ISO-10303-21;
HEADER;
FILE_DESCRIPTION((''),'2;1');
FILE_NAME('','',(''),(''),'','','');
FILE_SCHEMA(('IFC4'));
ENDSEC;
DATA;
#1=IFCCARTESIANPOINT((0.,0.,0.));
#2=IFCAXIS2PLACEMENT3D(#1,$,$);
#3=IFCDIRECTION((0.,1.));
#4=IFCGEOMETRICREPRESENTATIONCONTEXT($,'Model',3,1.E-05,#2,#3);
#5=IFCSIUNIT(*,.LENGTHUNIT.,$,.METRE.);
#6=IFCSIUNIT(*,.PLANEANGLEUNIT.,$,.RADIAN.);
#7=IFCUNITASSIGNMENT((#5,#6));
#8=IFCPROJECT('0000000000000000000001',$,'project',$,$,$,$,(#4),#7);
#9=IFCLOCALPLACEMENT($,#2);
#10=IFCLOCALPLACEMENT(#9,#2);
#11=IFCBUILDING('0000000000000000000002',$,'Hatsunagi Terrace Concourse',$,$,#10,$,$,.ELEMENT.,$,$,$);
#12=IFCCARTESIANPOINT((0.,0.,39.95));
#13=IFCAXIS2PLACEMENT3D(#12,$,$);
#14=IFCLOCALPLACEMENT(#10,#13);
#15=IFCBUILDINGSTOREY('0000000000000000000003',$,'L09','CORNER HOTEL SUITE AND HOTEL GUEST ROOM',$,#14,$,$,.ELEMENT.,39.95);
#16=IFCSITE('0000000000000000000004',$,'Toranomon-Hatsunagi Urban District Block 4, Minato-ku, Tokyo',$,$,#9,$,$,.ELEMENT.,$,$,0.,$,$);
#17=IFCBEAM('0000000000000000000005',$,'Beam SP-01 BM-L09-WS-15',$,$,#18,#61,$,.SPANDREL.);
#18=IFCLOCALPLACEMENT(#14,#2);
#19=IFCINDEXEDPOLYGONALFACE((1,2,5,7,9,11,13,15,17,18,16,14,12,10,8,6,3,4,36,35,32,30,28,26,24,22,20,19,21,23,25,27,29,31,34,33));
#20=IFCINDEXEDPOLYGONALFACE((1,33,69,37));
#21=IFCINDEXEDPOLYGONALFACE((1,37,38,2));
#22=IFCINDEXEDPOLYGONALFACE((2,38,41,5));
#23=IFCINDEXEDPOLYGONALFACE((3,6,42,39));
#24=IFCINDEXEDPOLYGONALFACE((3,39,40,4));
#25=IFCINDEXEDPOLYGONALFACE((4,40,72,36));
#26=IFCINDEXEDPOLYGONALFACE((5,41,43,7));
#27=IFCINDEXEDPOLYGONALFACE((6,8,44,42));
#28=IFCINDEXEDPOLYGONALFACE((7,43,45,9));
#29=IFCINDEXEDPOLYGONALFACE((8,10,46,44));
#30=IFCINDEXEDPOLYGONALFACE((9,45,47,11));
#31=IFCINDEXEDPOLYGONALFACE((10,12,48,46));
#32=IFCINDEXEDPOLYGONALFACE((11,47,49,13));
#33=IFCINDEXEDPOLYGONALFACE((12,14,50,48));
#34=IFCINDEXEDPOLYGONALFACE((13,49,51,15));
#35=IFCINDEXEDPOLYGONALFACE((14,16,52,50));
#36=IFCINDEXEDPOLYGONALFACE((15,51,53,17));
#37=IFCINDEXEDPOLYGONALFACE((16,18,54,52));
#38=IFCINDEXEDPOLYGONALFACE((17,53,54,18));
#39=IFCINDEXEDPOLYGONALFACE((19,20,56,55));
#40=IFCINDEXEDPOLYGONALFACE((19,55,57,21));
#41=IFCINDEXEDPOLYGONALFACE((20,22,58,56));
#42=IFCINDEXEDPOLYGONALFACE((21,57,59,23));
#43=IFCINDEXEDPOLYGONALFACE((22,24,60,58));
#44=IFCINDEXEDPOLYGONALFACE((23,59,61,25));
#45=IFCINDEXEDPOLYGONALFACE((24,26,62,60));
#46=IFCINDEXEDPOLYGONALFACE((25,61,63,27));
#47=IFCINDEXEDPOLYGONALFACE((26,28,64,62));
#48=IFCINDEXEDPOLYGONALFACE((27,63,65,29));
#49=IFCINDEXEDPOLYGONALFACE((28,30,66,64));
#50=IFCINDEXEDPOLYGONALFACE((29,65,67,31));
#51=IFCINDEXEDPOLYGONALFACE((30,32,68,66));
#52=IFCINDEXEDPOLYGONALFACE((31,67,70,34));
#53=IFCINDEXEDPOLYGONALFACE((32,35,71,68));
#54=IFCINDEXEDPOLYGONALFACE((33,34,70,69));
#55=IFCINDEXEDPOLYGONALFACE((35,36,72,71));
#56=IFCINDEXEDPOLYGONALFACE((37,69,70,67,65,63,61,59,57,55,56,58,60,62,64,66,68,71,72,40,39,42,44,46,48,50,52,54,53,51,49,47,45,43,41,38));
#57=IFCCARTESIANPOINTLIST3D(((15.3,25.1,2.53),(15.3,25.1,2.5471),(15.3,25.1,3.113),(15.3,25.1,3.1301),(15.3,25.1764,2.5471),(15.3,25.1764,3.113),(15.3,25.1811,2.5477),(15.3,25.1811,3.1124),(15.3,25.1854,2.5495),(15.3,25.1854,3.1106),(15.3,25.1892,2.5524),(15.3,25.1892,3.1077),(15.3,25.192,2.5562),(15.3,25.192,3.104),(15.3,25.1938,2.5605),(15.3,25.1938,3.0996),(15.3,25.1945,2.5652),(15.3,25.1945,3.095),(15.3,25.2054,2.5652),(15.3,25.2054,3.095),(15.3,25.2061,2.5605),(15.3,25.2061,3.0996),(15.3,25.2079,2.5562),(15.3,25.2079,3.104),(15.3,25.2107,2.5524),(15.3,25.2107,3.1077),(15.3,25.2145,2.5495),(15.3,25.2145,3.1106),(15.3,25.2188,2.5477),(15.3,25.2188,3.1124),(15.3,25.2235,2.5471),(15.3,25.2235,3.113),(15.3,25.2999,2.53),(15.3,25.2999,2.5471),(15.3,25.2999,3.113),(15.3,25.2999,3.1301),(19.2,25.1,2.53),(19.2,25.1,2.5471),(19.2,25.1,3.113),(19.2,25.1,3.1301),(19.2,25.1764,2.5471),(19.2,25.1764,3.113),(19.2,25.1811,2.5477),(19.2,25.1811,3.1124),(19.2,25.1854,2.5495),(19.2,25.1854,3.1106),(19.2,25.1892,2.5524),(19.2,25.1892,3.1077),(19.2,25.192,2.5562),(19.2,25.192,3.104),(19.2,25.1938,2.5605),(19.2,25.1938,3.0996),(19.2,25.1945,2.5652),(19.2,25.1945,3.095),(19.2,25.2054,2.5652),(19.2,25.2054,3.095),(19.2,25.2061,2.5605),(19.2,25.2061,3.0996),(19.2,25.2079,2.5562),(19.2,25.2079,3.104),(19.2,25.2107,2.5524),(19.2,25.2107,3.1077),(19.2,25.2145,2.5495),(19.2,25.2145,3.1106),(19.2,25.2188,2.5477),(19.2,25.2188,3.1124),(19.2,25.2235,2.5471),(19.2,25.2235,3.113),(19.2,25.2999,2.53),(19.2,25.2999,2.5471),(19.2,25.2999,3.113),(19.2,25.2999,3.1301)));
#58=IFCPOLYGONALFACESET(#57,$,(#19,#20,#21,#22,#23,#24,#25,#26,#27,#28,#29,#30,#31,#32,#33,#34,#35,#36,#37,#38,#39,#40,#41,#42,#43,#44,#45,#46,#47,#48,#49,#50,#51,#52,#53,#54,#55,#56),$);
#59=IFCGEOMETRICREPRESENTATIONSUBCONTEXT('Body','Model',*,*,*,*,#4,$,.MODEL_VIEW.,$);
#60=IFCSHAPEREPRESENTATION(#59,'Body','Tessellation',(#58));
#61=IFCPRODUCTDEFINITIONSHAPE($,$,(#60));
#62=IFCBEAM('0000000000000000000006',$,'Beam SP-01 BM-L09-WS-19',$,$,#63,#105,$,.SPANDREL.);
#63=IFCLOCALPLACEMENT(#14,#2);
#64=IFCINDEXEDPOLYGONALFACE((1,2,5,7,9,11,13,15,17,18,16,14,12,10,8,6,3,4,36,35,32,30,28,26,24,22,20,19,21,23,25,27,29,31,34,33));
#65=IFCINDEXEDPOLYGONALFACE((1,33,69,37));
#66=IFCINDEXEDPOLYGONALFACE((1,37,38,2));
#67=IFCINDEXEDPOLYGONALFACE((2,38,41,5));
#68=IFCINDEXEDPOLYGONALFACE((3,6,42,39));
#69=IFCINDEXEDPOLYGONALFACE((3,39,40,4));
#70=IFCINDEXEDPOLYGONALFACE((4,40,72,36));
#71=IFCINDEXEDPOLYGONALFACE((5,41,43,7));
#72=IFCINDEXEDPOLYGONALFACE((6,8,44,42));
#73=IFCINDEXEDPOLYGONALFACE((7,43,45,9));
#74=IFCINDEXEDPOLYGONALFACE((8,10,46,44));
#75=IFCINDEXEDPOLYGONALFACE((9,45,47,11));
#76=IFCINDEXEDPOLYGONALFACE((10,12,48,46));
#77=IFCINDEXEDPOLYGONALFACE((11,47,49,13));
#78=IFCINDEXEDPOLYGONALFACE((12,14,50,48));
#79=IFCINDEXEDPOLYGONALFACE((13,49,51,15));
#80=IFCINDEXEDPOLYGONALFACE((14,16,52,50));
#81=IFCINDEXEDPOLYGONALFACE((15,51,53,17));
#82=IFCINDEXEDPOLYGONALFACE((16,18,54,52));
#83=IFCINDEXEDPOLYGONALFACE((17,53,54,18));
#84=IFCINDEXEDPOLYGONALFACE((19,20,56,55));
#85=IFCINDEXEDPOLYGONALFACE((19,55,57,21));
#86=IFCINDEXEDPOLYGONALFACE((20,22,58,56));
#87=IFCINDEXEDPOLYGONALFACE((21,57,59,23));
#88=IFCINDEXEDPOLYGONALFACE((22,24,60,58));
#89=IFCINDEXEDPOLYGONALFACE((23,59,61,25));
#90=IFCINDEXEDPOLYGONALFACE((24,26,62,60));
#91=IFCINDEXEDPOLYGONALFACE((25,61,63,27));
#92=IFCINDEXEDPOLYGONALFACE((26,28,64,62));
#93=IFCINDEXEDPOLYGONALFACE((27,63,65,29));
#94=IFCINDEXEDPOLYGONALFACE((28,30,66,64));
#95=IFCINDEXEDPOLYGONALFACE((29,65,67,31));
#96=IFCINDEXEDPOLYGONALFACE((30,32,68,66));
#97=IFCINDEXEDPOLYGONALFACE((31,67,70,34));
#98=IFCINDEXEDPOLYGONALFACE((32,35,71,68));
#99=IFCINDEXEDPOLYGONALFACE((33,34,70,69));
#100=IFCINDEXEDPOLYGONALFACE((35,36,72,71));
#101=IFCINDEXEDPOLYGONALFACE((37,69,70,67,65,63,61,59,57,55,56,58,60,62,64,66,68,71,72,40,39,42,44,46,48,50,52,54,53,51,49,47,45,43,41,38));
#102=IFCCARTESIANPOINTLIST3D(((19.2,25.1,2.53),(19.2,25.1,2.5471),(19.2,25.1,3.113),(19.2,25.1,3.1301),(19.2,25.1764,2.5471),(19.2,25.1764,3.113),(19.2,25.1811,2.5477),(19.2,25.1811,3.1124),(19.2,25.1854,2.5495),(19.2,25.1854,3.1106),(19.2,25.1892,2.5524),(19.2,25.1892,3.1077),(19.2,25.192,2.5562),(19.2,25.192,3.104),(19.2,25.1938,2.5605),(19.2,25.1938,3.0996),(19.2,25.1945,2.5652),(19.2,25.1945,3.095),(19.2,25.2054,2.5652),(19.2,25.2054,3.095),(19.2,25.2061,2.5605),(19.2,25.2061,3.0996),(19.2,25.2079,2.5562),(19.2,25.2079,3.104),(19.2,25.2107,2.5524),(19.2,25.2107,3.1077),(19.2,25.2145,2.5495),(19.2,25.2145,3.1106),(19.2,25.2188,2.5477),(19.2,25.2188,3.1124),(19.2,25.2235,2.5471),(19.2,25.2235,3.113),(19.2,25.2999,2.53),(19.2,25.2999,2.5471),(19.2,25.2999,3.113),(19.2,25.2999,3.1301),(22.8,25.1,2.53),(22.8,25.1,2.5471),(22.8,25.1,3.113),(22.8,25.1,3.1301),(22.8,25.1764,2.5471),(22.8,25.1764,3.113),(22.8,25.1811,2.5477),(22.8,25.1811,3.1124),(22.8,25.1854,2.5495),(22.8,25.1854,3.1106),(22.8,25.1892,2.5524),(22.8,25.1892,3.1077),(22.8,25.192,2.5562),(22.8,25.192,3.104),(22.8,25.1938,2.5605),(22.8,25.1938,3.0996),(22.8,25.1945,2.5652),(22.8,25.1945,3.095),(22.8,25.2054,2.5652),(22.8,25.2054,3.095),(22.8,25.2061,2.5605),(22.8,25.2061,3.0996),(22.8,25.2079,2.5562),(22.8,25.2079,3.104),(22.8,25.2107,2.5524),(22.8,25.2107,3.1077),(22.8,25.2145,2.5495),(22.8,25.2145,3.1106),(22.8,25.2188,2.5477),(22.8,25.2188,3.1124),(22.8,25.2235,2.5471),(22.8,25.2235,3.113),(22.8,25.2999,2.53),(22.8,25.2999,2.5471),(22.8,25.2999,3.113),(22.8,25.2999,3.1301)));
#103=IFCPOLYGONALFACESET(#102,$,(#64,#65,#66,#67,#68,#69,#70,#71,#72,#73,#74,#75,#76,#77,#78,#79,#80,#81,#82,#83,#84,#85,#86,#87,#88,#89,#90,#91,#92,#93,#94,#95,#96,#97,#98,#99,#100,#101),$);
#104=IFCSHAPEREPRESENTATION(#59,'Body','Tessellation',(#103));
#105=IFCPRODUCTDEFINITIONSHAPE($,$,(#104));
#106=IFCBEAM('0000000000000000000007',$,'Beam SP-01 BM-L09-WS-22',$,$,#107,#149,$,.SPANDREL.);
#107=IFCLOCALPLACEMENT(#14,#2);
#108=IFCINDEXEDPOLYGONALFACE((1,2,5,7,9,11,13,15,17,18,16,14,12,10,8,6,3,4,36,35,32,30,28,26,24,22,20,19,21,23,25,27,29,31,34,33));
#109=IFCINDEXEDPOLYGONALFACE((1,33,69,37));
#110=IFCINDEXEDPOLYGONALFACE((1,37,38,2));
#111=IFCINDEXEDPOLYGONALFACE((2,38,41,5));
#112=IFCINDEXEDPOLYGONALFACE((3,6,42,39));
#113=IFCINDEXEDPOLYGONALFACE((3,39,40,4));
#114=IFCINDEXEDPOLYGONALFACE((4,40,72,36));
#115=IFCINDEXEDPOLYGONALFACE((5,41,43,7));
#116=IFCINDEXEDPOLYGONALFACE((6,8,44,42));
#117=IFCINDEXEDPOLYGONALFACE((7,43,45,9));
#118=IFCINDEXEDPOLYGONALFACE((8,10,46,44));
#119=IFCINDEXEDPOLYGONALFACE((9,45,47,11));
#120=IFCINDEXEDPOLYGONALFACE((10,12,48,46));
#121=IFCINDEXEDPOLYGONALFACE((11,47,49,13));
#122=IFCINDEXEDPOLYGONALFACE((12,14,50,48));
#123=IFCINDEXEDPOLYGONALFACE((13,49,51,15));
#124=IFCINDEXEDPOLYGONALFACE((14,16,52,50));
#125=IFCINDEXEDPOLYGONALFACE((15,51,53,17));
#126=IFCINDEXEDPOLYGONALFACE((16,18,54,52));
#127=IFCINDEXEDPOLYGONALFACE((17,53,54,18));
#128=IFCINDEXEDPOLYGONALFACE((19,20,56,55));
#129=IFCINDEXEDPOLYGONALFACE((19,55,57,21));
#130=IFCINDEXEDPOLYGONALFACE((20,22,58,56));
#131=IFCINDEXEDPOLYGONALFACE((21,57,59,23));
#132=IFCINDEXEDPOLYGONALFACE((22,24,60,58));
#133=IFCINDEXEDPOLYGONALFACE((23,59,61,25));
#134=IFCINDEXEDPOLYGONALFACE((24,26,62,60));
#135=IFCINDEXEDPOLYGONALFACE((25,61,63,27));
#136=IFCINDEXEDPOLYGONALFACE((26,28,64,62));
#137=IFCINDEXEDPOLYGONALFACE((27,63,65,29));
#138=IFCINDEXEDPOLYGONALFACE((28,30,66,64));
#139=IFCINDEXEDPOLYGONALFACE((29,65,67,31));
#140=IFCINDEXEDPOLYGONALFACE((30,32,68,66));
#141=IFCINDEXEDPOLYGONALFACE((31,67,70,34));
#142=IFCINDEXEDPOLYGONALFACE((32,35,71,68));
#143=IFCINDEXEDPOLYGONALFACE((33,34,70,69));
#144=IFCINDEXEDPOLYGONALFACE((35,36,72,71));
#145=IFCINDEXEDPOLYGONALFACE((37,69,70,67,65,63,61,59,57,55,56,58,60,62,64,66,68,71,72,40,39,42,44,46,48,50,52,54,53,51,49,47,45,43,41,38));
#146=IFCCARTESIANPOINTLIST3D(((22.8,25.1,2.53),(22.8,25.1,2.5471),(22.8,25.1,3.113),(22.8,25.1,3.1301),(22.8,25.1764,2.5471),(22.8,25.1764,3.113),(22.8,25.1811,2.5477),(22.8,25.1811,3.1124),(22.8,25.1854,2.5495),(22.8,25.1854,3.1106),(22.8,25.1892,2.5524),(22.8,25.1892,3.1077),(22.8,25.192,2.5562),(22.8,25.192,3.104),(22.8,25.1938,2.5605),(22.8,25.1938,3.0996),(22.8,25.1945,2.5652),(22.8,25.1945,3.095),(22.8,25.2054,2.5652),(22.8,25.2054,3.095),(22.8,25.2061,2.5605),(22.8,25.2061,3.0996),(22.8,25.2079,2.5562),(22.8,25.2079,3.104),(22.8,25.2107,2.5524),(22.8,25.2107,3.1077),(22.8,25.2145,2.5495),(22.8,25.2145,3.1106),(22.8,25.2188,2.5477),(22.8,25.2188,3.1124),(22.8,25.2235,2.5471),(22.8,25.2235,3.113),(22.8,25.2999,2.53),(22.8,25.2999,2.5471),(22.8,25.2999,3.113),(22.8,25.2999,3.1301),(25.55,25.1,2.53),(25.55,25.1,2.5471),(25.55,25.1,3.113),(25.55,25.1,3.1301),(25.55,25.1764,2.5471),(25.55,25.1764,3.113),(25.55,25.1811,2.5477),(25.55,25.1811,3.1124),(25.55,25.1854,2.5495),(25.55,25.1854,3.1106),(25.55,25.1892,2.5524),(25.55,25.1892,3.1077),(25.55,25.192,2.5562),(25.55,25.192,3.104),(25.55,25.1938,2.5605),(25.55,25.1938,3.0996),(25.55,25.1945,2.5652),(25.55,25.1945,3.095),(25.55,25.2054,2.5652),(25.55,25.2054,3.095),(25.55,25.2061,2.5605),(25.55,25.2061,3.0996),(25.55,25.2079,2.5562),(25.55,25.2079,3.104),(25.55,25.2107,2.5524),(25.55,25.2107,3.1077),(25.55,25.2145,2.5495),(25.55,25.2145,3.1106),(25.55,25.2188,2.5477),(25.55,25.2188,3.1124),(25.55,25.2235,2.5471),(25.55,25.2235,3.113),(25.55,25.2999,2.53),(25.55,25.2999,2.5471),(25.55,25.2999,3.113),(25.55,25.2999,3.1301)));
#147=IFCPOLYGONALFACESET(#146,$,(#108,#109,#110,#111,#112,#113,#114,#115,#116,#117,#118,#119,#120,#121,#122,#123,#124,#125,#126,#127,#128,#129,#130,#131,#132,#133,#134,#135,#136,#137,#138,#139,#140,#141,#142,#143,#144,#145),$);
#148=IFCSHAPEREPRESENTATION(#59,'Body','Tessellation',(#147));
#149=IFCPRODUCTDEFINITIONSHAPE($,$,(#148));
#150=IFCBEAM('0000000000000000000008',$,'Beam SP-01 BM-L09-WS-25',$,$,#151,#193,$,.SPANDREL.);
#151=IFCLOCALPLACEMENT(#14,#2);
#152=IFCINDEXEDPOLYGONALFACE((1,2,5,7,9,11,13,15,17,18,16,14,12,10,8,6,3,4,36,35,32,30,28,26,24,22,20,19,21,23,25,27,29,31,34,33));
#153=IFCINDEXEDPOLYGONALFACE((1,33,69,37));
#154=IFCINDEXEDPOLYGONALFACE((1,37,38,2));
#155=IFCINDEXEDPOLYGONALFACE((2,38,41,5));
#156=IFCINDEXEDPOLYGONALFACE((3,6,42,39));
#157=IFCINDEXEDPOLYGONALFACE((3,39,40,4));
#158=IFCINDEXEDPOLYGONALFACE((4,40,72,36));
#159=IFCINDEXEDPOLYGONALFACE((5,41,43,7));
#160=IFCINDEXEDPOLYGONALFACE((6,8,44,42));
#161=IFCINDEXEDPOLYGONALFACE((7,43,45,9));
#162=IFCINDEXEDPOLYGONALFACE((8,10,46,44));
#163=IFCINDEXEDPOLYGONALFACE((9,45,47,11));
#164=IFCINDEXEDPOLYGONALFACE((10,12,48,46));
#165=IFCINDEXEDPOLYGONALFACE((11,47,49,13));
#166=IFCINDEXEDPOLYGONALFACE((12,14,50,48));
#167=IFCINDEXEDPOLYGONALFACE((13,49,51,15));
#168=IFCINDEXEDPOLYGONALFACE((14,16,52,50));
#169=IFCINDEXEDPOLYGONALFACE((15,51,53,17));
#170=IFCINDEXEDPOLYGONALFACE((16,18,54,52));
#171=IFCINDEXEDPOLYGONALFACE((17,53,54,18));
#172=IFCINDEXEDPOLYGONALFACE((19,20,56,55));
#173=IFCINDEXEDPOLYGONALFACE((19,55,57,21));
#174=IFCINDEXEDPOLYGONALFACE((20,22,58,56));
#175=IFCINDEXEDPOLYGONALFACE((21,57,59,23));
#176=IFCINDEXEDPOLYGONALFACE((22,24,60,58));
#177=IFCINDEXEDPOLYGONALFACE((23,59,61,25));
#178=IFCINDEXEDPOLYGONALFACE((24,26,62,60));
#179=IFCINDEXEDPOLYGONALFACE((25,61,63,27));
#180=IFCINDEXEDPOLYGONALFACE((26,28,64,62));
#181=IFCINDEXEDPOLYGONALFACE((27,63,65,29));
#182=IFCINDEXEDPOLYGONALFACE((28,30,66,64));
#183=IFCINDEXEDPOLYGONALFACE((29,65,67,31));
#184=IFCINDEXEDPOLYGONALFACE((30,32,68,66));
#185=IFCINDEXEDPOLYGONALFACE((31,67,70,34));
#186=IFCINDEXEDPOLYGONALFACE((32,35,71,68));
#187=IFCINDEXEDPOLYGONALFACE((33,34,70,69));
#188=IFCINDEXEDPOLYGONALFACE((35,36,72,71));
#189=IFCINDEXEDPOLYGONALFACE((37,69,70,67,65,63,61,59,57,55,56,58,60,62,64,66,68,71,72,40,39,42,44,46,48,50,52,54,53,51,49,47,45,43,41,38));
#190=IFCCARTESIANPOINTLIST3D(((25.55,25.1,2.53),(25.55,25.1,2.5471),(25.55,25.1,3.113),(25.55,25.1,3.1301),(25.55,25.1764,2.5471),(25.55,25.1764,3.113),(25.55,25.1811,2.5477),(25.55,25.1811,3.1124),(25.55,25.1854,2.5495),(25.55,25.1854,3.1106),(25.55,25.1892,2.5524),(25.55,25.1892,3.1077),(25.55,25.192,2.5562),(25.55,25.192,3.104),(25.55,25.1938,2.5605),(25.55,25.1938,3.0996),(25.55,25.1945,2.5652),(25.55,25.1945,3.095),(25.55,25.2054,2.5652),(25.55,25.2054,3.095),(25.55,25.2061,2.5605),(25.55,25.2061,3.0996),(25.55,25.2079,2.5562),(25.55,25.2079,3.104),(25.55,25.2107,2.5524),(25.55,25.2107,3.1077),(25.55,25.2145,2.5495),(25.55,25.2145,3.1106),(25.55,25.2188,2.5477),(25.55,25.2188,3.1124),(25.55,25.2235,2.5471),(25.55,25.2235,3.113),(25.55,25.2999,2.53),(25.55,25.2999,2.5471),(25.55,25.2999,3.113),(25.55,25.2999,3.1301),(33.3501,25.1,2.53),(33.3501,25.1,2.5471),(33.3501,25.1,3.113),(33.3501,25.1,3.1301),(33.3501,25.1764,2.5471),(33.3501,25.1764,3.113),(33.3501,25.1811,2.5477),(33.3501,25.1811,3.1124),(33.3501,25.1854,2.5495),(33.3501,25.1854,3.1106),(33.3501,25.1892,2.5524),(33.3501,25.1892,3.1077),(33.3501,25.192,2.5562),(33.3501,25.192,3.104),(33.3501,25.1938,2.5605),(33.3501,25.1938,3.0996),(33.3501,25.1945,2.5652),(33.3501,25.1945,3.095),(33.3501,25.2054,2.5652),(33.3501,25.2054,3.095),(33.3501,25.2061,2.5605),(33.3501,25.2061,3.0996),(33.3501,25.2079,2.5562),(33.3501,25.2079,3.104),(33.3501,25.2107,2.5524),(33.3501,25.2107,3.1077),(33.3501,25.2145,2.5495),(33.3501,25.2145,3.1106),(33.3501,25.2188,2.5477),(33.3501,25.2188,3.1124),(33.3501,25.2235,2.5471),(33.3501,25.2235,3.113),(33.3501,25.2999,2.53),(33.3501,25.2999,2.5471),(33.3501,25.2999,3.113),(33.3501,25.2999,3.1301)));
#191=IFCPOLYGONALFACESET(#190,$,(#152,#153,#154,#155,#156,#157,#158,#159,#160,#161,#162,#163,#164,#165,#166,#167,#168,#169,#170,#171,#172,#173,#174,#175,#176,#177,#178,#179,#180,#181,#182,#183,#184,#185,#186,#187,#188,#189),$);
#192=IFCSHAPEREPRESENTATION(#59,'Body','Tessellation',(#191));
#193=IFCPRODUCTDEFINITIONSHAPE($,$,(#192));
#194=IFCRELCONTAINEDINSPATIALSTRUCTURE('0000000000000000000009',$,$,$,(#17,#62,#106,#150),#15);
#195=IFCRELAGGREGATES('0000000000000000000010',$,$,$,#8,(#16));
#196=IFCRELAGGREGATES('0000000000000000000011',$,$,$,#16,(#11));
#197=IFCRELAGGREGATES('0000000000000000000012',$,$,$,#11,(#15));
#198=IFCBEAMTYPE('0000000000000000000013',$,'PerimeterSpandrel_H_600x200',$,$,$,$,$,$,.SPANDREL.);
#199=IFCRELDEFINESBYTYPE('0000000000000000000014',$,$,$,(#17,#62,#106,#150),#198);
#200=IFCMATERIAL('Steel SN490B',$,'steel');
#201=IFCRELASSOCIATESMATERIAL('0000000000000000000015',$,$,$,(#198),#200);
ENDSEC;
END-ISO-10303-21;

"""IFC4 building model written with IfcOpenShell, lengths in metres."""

from ifc_helpers import new_model, si_unit, direction, frame, origin, origin_2d, place, context, subcontext, project, spatial, i_section, extrude, material, material_profile, profile_set, type_object, element, save


model = new_model("IFC4")

# Units and contexts
model_context = context("Model", 3, precision=1e-05, world=origin(), true_north=direction((0.0, 1.0)))
body_context = subcontext(model_context, "Body", "Model", "MODEL_VIEW")
ifc_project = project(units=[si_unit("LENGTHUNIT", "METRE"), si_unit("PLANEANGLEUNIT", "RADIAN")], contexts=[model_context])

# Site, building, storey
site_placement = place(None, origin())
site = spatial("IfcSite", under=ifc_project, at=site_placement, Name="Toranomon-Hatsunagi Urban District Block 4, Minato-ku, Tokyo", CompositionType="ELEMENT", RefElevation=0.0)
building_placement = place(site_placement, origin())
building = spatial("IfcBuilding", under=site, at=building_placement, Name="Hatsunagi Terrace Concourse", CompositionType="ELEMENT")
storey_placement = place(building_placement, frame((0.0, 0.0, 39.95)))
storey = spatial("IfcBuildingStorey", under=building, at=storey_placement, Name="L09", Description="CORNER HOTEL SUITE AND HOTEL GUEST ROOM", CompositionType="ELEMENT", Elevation=39.95)

# Beams
ifc_material_1 = material(Name="Steel SN490B", Category="steel")
ifc_material_profile_1 = material_profile(ifc_material_1, i_section(OverallWidth=0.2, OverallDepth=0.6001, WebThickness=0.011, FlangeThickness=0.0171, FilletRadius=0.0181, at=origin_2d()), Name="H-600x200x11x17")
ifc_profile_set_1 = profile_set([ifc_material_profile_1], Name="Steel SN490B")
beam_type_1 = type_object("IfcBeamType", Name="PerimeterSpandrel_H_600x200", PredefinedType="SPANDREL", material=ifc_profile_set_1)
beam_1_placement = place(storey_placement, frame((15.3, 25.2, 2.8301), z_axis=(1.0, 0.0, 0.0), x_axis=(0.0, 1.0, 0.0)))
element("IfcBeam", 1, at=beam_1_placement, inside=storey, type_object=beam_type_1, Name="Beam SP-01 BM-L09-WS-15", PredefinedType="SPANDREL", context=body_context, shape_type="SweptSolid", body=[
    extrude(i_section(OverallWidth=0.2, OverallDepth=0.6001, WebThickness=0.011, FlangeThickness=0.0171, FilletRadius=0.0181, at=origin_2d()), origin(), (0.0, 0.0, 1.0), 3.8999),
])
beam_2_placement = place(storey_placement, frame((19.2, 25.2, 2.8301), z_axis=(1.0, 0.0, 0.0), x_axis=(0.0, 1.0, 0.0)))
element("IfcBeam", 2, at=beam_2_placement, inside=storey, type_object=beam_type_1, Name="Beam SP-01 BM-L09-WS-19", PredefinedType="SPANDREL", context=body_context, shape_type="SweptSolid", body=[
    extrude(i_section(OverallWidth=0.2, OverallDepth=0.6001, WebThickness=0.011, FlangeThickness=0.0171, FilletRadius=0.0181, at=origin_2d()), origin(), (0.0, 0.0, 1.0), 3.6001),
])
beam_3_placement = place(storey_placement, frame((22.8, 25.2, 2.8301), z_axis=(1.0, 0.0, 0.0), x_axis=(0.0, 1.0, 0.0)))
element("IfcBeam", 3, at=beam_3_placement, inside=storey, type_object=beam_type_1, Name="Beam SP-01 BM-L09-WS-22", PredefinedType="SPANDREL", context=body_context, shape_type="SweptSolid", body=[
    extrude(i_section(OverallWidth=0.2, OverallDepth=0.6001, WebThickness=0.011, FlangeThickness=0.0171, FilletRadius=0.0181, at=origin_2d()), origin(), (0.0, 0.0, 1.0), 2.75),
])
beam_4_placement = place(storey_placement, frame((25.55, 25.2, 2.8301), z_axis=(1.0, 0.0, 0.0), x_axis=(0.0, 1.0, 0.0)))
element("IfcBeam", 4, at=beam_4_placement, inside=storey, type_object=beam_type_1, Name="Beam SP-01 BM-L09-WS-25", PredefinedType="SPANDREL", context=body_context, shape_type="SweptSolid", body=[
    extrude(i_section(OverallWidth=0.2, OverallDepth=0.6001, WebThickness=0.011, FlangeThickness=0.0171, FilletRadius=0.0181, at=origin_2d()), origin(), (0.0, 0.0, 1.0), 7.8),
])

save(model, "model.ifc")
